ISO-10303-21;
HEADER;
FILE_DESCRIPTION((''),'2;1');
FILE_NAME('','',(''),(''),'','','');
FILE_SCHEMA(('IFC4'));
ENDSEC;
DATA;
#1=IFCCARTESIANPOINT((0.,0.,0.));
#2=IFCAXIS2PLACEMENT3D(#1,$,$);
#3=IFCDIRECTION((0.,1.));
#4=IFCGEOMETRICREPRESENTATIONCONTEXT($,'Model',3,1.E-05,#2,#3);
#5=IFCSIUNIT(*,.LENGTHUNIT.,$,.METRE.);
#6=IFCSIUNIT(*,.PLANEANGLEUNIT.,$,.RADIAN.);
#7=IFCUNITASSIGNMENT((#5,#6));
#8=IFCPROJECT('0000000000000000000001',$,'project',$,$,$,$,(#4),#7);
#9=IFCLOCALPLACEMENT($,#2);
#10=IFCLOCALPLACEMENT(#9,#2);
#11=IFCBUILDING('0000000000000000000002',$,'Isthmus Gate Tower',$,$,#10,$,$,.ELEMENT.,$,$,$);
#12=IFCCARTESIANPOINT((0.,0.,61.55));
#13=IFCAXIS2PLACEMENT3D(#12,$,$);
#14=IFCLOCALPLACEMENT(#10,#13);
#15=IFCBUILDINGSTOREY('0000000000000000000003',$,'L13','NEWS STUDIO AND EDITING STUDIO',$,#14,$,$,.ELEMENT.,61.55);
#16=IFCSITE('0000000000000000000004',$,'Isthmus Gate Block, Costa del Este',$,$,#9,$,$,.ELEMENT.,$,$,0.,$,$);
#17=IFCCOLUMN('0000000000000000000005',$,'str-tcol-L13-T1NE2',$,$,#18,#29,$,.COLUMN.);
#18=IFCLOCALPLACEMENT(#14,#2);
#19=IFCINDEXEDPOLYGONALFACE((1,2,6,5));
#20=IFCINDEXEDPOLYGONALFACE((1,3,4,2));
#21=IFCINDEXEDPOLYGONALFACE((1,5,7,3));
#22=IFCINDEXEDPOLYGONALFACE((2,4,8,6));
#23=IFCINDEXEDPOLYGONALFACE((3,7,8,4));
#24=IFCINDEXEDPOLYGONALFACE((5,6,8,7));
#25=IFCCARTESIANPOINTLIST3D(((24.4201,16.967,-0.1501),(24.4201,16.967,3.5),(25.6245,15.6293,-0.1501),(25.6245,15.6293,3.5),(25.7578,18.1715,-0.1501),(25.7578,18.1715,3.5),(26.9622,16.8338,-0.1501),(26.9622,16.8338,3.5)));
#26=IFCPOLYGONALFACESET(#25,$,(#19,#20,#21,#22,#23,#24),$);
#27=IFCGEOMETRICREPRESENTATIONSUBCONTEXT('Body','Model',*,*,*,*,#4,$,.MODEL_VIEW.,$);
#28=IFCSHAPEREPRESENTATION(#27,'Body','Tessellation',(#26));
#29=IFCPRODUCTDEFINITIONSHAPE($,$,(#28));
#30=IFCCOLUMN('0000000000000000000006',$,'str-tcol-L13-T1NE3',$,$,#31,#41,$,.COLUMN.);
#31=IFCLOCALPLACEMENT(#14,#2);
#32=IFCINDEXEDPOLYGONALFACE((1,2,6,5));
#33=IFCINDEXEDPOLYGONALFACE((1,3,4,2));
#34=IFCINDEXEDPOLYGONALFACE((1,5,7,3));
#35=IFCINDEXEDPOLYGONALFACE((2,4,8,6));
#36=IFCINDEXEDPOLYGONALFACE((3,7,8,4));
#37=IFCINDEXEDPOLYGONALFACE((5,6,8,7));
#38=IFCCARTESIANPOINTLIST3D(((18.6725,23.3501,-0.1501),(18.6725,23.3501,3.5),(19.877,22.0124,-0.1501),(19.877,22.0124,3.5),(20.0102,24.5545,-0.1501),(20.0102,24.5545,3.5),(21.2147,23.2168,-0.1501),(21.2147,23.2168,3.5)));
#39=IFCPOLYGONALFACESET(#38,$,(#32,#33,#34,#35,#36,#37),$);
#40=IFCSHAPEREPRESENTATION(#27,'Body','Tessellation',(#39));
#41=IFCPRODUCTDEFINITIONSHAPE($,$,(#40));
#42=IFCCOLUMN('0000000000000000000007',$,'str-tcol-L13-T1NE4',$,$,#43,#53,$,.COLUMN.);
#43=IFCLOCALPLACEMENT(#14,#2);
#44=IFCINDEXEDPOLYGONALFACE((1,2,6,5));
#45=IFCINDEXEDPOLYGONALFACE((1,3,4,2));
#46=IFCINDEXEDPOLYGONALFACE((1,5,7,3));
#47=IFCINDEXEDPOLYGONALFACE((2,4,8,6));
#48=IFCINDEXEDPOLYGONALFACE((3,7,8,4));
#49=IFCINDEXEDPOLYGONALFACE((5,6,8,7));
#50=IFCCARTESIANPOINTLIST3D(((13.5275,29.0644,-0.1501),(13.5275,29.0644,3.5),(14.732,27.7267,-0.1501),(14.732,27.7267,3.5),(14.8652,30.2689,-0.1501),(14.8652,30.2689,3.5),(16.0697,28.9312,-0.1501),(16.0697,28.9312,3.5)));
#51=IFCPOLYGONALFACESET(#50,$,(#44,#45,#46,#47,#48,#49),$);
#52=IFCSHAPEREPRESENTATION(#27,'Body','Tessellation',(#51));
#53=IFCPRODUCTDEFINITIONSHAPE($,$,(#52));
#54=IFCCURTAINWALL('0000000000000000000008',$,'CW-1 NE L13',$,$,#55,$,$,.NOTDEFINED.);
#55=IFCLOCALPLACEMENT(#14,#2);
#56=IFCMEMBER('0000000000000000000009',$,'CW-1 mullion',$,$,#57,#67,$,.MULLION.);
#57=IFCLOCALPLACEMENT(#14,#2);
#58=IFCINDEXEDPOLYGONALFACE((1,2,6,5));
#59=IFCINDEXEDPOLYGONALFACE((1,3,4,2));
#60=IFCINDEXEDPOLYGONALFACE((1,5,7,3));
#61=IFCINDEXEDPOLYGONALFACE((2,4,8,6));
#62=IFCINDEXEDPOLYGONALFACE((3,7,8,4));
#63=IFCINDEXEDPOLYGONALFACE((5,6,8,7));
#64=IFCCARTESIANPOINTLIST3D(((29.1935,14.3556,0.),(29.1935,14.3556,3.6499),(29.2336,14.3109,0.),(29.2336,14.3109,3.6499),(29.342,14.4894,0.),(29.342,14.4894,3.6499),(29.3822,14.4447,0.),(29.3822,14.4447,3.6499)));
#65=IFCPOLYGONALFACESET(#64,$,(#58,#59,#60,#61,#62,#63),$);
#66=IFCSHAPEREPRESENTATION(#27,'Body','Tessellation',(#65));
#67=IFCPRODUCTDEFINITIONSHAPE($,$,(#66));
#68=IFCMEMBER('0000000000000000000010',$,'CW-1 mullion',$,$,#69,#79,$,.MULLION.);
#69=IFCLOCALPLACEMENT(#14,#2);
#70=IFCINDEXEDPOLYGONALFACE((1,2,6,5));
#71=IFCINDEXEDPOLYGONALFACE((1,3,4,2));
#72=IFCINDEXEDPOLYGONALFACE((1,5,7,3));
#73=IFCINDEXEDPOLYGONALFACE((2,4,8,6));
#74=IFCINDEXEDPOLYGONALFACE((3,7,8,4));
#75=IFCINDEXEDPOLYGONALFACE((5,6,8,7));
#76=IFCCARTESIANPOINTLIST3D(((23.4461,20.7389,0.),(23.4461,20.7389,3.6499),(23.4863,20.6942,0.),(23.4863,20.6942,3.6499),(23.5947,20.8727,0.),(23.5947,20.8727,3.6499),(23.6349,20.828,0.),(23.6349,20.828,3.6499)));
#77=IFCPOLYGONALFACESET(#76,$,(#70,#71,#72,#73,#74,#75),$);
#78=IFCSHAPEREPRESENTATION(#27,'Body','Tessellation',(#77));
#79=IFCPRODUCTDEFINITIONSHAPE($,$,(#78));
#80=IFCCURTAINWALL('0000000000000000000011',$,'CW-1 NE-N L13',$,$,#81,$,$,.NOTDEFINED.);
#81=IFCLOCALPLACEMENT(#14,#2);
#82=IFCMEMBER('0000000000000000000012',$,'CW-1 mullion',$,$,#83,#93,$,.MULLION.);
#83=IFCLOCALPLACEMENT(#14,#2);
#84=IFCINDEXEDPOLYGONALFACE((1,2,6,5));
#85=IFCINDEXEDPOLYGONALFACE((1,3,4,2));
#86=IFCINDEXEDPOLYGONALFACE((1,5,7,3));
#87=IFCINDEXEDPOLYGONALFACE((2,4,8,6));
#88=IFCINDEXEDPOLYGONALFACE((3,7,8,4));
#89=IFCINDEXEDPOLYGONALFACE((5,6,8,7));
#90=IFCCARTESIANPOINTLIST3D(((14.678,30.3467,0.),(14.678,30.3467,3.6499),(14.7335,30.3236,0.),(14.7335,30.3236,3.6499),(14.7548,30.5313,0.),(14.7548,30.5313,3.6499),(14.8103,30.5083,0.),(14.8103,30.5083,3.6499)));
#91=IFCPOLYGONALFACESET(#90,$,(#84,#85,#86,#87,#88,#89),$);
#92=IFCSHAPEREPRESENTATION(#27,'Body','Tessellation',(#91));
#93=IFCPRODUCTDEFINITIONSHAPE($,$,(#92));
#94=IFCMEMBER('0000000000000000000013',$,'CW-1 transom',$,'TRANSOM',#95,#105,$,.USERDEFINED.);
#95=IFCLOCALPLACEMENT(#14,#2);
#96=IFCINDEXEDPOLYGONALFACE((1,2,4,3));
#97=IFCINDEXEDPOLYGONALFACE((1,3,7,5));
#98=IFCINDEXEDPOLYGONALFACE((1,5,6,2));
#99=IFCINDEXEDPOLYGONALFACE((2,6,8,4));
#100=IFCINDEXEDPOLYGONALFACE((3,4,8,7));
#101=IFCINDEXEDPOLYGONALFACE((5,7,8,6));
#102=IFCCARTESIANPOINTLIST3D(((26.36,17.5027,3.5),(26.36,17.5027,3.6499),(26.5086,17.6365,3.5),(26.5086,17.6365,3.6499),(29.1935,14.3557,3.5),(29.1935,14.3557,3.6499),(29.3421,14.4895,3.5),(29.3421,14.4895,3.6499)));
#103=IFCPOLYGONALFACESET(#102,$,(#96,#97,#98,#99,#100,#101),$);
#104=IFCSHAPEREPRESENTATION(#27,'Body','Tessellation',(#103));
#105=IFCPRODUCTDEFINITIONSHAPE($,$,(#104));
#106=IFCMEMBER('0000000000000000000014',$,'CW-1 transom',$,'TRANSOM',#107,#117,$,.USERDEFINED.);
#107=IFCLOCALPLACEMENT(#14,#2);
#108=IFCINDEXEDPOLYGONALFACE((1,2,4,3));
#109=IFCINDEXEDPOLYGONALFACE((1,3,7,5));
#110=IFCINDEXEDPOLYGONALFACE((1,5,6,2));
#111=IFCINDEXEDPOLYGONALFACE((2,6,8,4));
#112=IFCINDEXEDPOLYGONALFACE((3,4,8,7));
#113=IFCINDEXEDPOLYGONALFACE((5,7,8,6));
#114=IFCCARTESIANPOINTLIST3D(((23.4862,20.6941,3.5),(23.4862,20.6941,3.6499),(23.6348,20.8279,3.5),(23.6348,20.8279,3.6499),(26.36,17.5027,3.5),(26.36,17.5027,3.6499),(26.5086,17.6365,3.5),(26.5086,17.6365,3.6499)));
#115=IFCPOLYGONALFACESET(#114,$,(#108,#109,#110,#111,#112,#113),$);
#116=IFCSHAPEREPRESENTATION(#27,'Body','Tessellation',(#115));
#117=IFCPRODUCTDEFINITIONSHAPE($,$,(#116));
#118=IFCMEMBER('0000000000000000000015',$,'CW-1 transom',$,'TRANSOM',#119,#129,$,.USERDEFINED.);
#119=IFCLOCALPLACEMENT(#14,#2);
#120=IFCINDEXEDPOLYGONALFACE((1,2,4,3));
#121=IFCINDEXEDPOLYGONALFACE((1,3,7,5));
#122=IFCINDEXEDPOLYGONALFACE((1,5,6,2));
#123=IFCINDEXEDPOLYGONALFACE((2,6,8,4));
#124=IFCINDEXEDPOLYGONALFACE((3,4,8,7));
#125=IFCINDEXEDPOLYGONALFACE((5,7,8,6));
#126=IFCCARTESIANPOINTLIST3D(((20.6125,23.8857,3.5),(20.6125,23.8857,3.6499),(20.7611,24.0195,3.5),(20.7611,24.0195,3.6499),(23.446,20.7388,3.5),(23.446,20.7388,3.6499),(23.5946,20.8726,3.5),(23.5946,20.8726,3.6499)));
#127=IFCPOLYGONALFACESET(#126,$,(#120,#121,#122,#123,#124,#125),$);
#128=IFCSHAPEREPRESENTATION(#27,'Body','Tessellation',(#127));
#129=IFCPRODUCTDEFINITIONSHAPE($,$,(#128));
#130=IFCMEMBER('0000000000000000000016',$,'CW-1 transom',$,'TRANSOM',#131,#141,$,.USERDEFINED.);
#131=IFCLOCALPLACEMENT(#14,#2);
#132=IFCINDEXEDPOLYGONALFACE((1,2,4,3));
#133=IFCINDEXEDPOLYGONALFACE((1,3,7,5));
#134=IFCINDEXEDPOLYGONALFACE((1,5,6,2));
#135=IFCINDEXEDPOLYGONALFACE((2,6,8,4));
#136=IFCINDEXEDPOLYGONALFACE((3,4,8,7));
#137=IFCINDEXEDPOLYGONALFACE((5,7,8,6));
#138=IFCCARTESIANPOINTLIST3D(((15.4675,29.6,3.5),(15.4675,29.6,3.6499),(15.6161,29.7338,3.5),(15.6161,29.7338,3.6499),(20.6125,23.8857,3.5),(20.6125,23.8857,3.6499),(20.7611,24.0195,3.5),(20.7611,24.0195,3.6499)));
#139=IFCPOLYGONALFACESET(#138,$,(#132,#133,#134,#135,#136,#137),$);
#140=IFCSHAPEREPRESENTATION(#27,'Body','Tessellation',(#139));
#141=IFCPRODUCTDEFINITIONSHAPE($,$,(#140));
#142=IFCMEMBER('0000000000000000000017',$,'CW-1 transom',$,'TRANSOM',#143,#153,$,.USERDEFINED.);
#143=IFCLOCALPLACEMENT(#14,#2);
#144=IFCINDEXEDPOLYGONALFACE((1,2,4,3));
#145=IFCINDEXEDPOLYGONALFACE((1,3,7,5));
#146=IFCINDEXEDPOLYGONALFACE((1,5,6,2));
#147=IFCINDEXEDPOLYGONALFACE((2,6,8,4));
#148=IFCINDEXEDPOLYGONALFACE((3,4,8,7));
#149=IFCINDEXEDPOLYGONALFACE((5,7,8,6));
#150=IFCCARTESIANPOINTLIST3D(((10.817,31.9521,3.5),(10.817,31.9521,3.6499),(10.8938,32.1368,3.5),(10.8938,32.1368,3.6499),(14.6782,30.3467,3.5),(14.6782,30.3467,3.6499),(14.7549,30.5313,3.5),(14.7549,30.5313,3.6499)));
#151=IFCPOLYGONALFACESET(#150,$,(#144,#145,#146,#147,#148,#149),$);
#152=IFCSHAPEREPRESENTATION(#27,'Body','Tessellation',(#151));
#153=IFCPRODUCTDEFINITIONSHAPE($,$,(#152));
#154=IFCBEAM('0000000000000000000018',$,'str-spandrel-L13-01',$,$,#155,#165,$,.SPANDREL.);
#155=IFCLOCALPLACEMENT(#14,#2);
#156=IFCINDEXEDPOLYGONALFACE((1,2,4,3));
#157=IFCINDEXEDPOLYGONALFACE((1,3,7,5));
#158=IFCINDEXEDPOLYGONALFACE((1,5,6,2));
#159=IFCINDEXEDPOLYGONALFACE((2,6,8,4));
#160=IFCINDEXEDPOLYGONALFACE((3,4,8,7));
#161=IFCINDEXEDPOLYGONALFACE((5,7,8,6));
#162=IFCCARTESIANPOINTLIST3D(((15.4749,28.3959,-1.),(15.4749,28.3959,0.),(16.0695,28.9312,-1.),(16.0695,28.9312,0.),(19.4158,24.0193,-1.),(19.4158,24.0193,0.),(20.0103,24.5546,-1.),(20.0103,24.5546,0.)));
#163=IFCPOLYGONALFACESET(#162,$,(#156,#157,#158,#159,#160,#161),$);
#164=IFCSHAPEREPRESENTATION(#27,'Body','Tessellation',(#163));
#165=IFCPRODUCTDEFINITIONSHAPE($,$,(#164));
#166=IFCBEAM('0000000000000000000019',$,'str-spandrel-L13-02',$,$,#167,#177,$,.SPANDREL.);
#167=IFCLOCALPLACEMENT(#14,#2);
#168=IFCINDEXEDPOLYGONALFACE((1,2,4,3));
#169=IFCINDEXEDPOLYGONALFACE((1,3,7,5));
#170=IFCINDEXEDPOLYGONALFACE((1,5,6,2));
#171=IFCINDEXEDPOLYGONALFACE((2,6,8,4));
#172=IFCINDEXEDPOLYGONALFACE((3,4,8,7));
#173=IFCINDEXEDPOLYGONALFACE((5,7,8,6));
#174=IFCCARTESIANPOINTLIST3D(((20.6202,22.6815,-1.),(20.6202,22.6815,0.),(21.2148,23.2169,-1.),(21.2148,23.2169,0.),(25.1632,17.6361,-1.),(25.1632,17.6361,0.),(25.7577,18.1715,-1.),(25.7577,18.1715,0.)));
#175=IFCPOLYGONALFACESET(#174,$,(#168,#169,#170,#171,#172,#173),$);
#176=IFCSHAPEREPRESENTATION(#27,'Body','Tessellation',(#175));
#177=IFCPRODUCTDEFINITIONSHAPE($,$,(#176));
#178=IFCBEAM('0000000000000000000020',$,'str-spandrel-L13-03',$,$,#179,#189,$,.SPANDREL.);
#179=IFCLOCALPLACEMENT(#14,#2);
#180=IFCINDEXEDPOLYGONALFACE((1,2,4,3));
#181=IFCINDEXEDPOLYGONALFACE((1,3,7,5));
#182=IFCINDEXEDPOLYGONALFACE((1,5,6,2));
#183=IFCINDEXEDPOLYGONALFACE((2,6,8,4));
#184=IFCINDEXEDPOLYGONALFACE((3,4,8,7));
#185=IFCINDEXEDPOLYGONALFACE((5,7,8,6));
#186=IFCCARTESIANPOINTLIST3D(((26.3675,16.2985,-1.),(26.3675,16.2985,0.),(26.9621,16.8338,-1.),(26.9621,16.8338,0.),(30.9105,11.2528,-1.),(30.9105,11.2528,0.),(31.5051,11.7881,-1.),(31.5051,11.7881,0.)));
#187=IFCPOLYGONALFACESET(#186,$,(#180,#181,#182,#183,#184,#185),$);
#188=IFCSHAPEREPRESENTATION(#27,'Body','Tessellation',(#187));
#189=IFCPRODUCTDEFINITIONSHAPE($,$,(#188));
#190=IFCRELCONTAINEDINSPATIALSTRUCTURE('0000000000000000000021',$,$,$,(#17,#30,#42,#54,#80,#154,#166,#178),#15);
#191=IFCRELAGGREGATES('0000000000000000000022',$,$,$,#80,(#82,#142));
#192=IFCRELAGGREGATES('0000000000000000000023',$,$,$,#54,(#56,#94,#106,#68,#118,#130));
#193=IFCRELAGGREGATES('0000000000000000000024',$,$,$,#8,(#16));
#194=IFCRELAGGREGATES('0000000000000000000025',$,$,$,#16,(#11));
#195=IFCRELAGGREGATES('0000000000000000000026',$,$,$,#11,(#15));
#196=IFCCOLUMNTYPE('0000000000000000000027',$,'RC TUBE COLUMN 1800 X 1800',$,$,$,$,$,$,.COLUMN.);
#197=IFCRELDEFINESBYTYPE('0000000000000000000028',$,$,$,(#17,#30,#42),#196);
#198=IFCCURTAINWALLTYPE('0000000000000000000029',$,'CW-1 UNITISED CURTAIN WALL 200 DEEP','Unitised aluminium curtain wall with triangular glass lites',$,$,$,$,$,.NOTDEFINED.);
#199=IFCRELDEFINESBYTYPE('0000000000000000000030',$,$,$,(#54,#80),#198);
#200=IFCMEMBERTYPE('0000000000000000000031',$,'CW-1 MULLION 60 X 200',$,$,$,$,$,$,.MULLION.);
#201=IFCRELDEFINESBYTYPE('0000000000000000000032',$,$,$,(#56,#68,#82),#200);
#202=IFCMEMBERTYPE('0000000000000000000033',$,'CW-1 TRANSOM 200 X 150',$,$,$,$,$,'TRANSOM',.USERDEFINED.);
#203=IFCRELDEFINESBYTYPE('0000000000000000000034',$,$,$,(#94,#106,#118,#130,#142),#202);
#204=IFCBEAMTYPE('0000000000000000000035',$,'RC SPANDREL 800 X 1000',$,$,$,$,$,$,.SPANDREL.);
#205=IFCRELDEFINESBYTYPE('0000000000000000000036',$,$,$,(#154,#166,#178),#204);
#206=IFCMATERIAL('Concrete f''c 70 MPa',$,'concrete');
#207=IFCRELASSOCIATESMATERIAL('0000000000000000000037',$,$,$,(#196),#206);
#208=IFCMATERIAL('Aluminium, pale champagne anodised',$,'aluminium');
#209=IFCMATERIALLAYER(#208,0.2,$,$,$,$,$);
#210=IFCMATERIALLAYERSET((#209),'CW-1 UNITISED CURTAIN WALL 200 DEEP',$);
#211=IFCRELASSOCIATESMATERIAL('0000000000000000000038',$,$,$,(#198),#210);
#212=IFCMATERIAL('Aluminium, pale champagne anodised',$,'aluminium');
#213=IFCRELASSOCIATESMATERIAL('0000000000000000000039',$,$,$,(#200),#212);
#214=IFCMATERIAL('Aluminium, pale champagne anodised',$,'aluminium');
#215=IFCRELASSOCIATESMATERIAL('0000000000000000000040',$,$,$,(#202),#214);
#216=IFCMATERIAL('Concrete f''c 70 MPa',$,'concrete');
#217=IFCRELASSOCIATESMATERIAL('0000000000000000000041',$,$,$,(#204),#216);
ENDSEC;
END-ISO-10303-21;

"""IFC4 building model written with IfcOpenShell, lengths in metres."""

from ifc_helpers import new_model, si_unit, direction, frame, origin, origin_2d, place, context, subcontext, project, spatial, rectangle, extrude, material, layer, layer_set, material_profile, profile_set, type_object, element, aggregate, save


model = new_model("IFC4")

# Units and contexts
model_context = context("Model", 3, precision=1e-05, world=origin(), true_north=direction((0.0, 1.0)))
body_context = subcontext(model_context, "Body", "Model", "MODEL_VIEW")
ifc_project = project(units=[si_unit("LENGTHUNIT", "METRE"), si_unit("PLANEANGLEUNIT", "RADIAN")], contexts=[model_context])

# Site, building, storey
site_placement = place(None, origin())
site = spatial("IfcSite", under=ifc_project, at=site_placement, Name="Isthmus Gate Block, Costa del Este", CompositionType="ELEMENT", RefElevation=0.0)
building_placement = place(site_placement, origin())
building = spatial("IfcBuilding", under=site, at=building_placement, Name="Isthmus Gate Tower", CompositionType="ELEMENT")
storey_placement = place(building_placement, frame((0.0, 0.0, 61.55)))
storey = spatial("IfcBuildingStorey", under=building, at=storey_placement, Name="L13", Description="NEWS STUDIO AND EDITING STUDIO", CompositionType="ELEMENT", Elevation=61.55)

# Columns
ifc_material_1 = material(Name="Concrete f'c 70 MPa", Category="concrete")
ifc_material_profile_1 = material_profile(ifc_material_1, rectangle(XDim=1.8, YDim=1.8, at=origin_2d()), Name="RC 1800X1800")
ifc_profile_set_1 = profile_set([ifc_material_profile_1], Name="Concrete f'c 70 MPa")
column_type = type_object("IfcColumnType", Name="RC TUBE COLUMN 1800 X 1800", PredefinedType="COLUMN", material=ifc_profile_set_1)
for number, where, z_axis, x_axis, name in (
    (1, (25.6912, 16.9004, -0.1501), (0.0, 0.0, 1.0), (-0.669131, 0.743145, 0.0), "str-tcol-L13-T1NE2"),
    (2, (19.9436, 23.2834, -0.1501), (0.0, 0.0, 1.0), (-0.669131, 0.743145, 0.0), "str-tcol-L13-T1NE3"),
    (3, (14.7986, 28.9978, -0.1501), (0.0, 0.0, 1.0), (-0.669131, 0.743145, 0.0), "str-tcol-L13-T1NE4"),
):
    element("IfcColumn", number, at=place(storey_placement, frame(where, z_axis=z_axis, x_axis=x_axis)), inside=storey, type_object=column_type, Name=name, PredefinedType="COLUMN", context=body_context, shape_type="SweptSolid", body=[
        extrude(rectangle(XDim=1.8, YDim=1.8, at=origin_2d()), origin(), (0.0, 0.0, 1.0), 3.6501),
    ])

# Curtain wall, members
ifc_material_2 = material(Name="Aluminium, pale champagne anodised", Category="aluminium")
ifc_layer_1 = layer(ifc_material_2, 0.2)
ifc_layer_set_1 = layer_set([ifc_layer_1], Name="CW-1 UNITISED CURTAIN WALL 200 DEEP")
curtain_wall_type = type_object("IfcCurtainWallType", Name="CW-1 UNITISED CURTAIN WALL 200 DEEP", Description="Unitised aluminium curtain wall with triangular glass lites", PredefinedType="NOTDEFINED", material=ifc_layer_set_1)
curtain_wall_1_placement = place(storey_placement, origin())
curtain_wall_1 = element("IfcCurtainWall", 4, at=curtain_wall_1_placement, inside=storey, type_object=curtain_wall_type, Name="CW-1 NE L13", PredefinedType="NOTDEFINED")
ifc_material_3 = material(Name="Aluminium, pale champagne anodised", Category="aluminium")
ifc_material_profile_2 = material_profile(ifc_material_3, rectangle(XDim=0.0601, YDim=0.2, at=origin_2d()), Name="60x200")
ifc_profile_set_2 = profile_set([ifc_material_profile_2], Name="Aluminium, pale champagne anodised")
member_type_1 = type_object("IfcMemberType", Name="CW-1 MULLION 60 X 200", PredefinedType="MULLION", material=ifc_profile_set_2)
member_1_placement = place(storey_placement, frame((29.2878, 14.4001, 0.0), z_axis=(0.0, 0.0, 1.0), x_axis=(-0.669131, 0.743145, 0.0)))
member_1 = element("IfcMember", 5, at=member_1_placement, type_object=member_type_1, Name="CW-1 mullion", PredefinedType="MULLION", context=body_context, shape_type="SweptSolid", body=[
    extrude(rectangle(XDim=0.0601, YDim=0.2, at=origin_2d()), origin(), (0.0, 0.0, 1.0), 3.6499),
])
member_2_placement = place(storey_placement, frame((23.5405, 20.7834, 0.0), z_axis=(0.0, 0.0, 1.0), x_axis=(-0.669131, 0.743145, 0.0)))
member_2 = element("IfcMember", 6, at=member_2_placement, type_object=member_type_1, Name="CW-1 mullion", PredefinedType="MULLION", context=body_context, shape_type="SweptSolid", body=[
    extrude(rectangle(XDim=0.0601, YDim=0.2, at=origin_2d()), origin(), (0.0, 0.0, 1.0), 3.6499),
])

# Curtain wall, member
curtain_wall_2_placement = place(storey_placement, origin())
curtain_wall_2 = element("IfcCurtainWall", 7, at=curtain_wall_2_placement, inside=storey, type_object=curtain_wall_type, Name="CW-1 NE-N L13", PredefinedType="NOTDEFINED")
member_3_placement = place(storey_placement, frame((14.7441, 30.4275, 0.0), z_axis=(0.0, 0.0, 1.0), x_axis=(-0.923353, 0.383952, 0.0)))
member_3 = element("IfcMember", 8, at=member_3_placement, type_object=member_type_1, Name="CW-1 mullion", PredefinedType="MULLION", context=body_context, shape_type="SweptSolid", body=[
    extrude(rectangle(XDim=0.0601, YDim=0.2, at=origin_2d()), origin(), (0.0, 0.0, 1.0), 3.6499),
])

# Members
ifc_material_4 = material(Name="Aluminium, pale champagne anodised", Category="aluminium")
ifc_material_profile_3 = material_profile(ifc_material_4, rectangle(XDim=0.2, YDim=0.1499, at=origin_2d()), Name="200x150")
ifc_profile_set_3 = profile_set([ifc_material_profile_3], Name="Aluminium, pale champagne anodised")
member_type_2 = type_object("IfcMemberType", Name="CW-1 TRANSOM 200 X 150", ElementType="TRANSOM", PredefinedType="USERDEFINED", material=ifc_profile_set_3)
member_4_placement = place(storey_placement, frame((29.2678, 14.4226, 3.575), z_axis=(-0.669124, 0.743151, 0.0), x_axis=(-0.743151, -0.669124, 0.0)))
member_4 = element("IfcMember", 9, at=member_4_placement, type_object=member_type_2, Name="CW-1 transom", ObjectType="TRANSOM", PredefinedType="USERDEFINED", context=body_context, shape_type="SweptSolid", body=[
    extrude(rectangle(XDim=0.2, YDim=0.1499, at=origin_2d()), origin(), (0.0, 0.0, 1.0), 4.2346),
])
member_5_placement = place(storey_placement, frame((26.4343, 17.5696, 3.575), z_axis=(-0.669159, 0.743119, 0.0), x_axis=(-0.743119, -0.669159, 0.0)))
member_5 = element("IfcMember", 10, at=member_5_placement, type_object=member_type_2, Name="CW-1 transom", ObjectType="TRANSOM", PredefinedType="USERDEFINED", context=body_context, shape_type="SweptSolid", body=[
    extrude(rectangle(XDim=0.2, YDim=0.1499, at=origin_2d()), origin(), (0.0, 0.0, 1.0), 4.2947),
])
member_6_placement = place(storey_placement, frame((23.5203, 20.8057, 3.575), z_axis=(-0.669124, 0.743151, 0.0), x_axis=(-0.743151, -0.669124, 0.0)))
member_6 = element("IfcMember", 11, at=member_6_placement, type_object=member_type_2, Name="CW-1 transom", ObjectType="TRANSOM", PredefinedType="USERDEFINED", context=body_context, shape_type="SweptSolid", body=[
    extrude(rectangle(XDim=0.2, YDim=0.1499, at=origin_2d()), origin(), (0.0, 0.0, 1.0), 4.2346),
])
member_7_placement = place(storey_placement, frame((20.6868, 23.9526, 3.575), z_axis=(-0.669116, 0.743158, 0.0), x_axis=(-0.743158, -0.669116, 0.0)))
member_7 = element("IfcMember", 12, at=member_7_placement, type_object=member_type_2, Name="CW-1 transom", ObjectType="TRANSOM", PredefinedType="USERDEFINED", context=body_context, shape_type="SweptSolid", body=[
    extrude(rectangle(XDim=0.2, YDim=0.1499, at=origin_2d()), origin(), (0.0, 0.0, 1.0), 7.6892),
])
member_8_placement = place(storey_placement, frame((14.7166, 30.439, 3.575), z_axis=(-0.923358, 0.38394, 0.0), x_axis=(-0.38394, -0.923358, 0.0)))
member_8 = element("IfcMember", 13, at=member_8_placement, type_object=member_type_2, Name="CW-1 transom", ObjectType="TRANSOM", PredefinedType="USERDEFINED", context=body_context, shape_type="SweptSolid", body=[
    extrude(rectangle(XDim=0.2, YDim=0.1499, at=origin_2d()), origin(), (0.0, 0.0, 1.0), 4.1816),
])
aggregate(curtain_wall_2, [member_3, member_8])

# Beams
ifc_material_5 = material(Name="Concrete f'c 70 MPa", Category="concrete")
ifc_material_profile_4 = material_profile(ifc_material_5, rectangle(XDim=0.8, YDim=1.0, at=origin_2d()), Name="RC 800X1000")
ifc_profile_set_4 = profile_set([ifc_material_profile_4], Name="Concrete f'c 70 MPa")
beam_type_1 = type_object("IfcBeamType", Name="RC SPANDREL 800 X 1000", PredefinedType="SPANDREL", material=ifc_profile_set_4)
beam_1_placement = place(storey_placement, frame((15.7722, 28.6636, -0.5), z_axis=(0.669141, -0.743135, 0.0), x_axis=(0.743135, 0.669141, 0.0)))
element("IfcBeam", 14, at=beam_1_placement, inside=storey, type_object=beam_type_1, Name="str-spandrel-L13-01", PredefinedType="SPANDREL", context=body_context, shape_type="SweptSolid", body=[
    extrude(rectangle(XDim=0.8, YDim=1.0, at=origin_2d()), origin(), (0.0, 0.0, 1.0), 5.8894),
])
beam_2_placement = place(storey_placement, frame((20.9175, 22.9492, -0.5), z_axis=(0.669136, -0.74314, 0.0), x_axis=(0.74314, 0.669136, 0.0)))
element("IfcBeam", 15, at=beam_2_placement, inside=storey, type_object=beam_type_1, Name="str-spandrel-L13-02", PredefinedType="SPANDREL", context=body_context, shape_type="SweptSolid", body=[
    extrude(rectangle(XDim=0.8, YDim=1.0, at=origin_2d()), origin(), (0.0, 0.0, 1.0), 6.7893),
])
beam_3_placement = place(storey_placement, frame((26.6648, 16.5662, -0.5), z_axis=(0.669118, -0.743156, 0.0), x_axis=(0.743156, 0.669118, 0.0)))
element("IfcBeam", 16, at=beam_3_placement, inside=storey, type_object=beam_type_1, Name="str-spandrel-L13-03", PredefinedType="SPANDREL", context=body_context, shape_type="SweptSolid", body=[
    extrude(rectangle(XDim=0.8, YDim=1.0, at=origin_2d()), origin(), (0.0, 0.0, 1.0), 6.7896),
])

aggregate(curtain_wall_1, [member_1, member_4, member_5, member_2, member_6, member_7])

save(model, "model.ifc")
